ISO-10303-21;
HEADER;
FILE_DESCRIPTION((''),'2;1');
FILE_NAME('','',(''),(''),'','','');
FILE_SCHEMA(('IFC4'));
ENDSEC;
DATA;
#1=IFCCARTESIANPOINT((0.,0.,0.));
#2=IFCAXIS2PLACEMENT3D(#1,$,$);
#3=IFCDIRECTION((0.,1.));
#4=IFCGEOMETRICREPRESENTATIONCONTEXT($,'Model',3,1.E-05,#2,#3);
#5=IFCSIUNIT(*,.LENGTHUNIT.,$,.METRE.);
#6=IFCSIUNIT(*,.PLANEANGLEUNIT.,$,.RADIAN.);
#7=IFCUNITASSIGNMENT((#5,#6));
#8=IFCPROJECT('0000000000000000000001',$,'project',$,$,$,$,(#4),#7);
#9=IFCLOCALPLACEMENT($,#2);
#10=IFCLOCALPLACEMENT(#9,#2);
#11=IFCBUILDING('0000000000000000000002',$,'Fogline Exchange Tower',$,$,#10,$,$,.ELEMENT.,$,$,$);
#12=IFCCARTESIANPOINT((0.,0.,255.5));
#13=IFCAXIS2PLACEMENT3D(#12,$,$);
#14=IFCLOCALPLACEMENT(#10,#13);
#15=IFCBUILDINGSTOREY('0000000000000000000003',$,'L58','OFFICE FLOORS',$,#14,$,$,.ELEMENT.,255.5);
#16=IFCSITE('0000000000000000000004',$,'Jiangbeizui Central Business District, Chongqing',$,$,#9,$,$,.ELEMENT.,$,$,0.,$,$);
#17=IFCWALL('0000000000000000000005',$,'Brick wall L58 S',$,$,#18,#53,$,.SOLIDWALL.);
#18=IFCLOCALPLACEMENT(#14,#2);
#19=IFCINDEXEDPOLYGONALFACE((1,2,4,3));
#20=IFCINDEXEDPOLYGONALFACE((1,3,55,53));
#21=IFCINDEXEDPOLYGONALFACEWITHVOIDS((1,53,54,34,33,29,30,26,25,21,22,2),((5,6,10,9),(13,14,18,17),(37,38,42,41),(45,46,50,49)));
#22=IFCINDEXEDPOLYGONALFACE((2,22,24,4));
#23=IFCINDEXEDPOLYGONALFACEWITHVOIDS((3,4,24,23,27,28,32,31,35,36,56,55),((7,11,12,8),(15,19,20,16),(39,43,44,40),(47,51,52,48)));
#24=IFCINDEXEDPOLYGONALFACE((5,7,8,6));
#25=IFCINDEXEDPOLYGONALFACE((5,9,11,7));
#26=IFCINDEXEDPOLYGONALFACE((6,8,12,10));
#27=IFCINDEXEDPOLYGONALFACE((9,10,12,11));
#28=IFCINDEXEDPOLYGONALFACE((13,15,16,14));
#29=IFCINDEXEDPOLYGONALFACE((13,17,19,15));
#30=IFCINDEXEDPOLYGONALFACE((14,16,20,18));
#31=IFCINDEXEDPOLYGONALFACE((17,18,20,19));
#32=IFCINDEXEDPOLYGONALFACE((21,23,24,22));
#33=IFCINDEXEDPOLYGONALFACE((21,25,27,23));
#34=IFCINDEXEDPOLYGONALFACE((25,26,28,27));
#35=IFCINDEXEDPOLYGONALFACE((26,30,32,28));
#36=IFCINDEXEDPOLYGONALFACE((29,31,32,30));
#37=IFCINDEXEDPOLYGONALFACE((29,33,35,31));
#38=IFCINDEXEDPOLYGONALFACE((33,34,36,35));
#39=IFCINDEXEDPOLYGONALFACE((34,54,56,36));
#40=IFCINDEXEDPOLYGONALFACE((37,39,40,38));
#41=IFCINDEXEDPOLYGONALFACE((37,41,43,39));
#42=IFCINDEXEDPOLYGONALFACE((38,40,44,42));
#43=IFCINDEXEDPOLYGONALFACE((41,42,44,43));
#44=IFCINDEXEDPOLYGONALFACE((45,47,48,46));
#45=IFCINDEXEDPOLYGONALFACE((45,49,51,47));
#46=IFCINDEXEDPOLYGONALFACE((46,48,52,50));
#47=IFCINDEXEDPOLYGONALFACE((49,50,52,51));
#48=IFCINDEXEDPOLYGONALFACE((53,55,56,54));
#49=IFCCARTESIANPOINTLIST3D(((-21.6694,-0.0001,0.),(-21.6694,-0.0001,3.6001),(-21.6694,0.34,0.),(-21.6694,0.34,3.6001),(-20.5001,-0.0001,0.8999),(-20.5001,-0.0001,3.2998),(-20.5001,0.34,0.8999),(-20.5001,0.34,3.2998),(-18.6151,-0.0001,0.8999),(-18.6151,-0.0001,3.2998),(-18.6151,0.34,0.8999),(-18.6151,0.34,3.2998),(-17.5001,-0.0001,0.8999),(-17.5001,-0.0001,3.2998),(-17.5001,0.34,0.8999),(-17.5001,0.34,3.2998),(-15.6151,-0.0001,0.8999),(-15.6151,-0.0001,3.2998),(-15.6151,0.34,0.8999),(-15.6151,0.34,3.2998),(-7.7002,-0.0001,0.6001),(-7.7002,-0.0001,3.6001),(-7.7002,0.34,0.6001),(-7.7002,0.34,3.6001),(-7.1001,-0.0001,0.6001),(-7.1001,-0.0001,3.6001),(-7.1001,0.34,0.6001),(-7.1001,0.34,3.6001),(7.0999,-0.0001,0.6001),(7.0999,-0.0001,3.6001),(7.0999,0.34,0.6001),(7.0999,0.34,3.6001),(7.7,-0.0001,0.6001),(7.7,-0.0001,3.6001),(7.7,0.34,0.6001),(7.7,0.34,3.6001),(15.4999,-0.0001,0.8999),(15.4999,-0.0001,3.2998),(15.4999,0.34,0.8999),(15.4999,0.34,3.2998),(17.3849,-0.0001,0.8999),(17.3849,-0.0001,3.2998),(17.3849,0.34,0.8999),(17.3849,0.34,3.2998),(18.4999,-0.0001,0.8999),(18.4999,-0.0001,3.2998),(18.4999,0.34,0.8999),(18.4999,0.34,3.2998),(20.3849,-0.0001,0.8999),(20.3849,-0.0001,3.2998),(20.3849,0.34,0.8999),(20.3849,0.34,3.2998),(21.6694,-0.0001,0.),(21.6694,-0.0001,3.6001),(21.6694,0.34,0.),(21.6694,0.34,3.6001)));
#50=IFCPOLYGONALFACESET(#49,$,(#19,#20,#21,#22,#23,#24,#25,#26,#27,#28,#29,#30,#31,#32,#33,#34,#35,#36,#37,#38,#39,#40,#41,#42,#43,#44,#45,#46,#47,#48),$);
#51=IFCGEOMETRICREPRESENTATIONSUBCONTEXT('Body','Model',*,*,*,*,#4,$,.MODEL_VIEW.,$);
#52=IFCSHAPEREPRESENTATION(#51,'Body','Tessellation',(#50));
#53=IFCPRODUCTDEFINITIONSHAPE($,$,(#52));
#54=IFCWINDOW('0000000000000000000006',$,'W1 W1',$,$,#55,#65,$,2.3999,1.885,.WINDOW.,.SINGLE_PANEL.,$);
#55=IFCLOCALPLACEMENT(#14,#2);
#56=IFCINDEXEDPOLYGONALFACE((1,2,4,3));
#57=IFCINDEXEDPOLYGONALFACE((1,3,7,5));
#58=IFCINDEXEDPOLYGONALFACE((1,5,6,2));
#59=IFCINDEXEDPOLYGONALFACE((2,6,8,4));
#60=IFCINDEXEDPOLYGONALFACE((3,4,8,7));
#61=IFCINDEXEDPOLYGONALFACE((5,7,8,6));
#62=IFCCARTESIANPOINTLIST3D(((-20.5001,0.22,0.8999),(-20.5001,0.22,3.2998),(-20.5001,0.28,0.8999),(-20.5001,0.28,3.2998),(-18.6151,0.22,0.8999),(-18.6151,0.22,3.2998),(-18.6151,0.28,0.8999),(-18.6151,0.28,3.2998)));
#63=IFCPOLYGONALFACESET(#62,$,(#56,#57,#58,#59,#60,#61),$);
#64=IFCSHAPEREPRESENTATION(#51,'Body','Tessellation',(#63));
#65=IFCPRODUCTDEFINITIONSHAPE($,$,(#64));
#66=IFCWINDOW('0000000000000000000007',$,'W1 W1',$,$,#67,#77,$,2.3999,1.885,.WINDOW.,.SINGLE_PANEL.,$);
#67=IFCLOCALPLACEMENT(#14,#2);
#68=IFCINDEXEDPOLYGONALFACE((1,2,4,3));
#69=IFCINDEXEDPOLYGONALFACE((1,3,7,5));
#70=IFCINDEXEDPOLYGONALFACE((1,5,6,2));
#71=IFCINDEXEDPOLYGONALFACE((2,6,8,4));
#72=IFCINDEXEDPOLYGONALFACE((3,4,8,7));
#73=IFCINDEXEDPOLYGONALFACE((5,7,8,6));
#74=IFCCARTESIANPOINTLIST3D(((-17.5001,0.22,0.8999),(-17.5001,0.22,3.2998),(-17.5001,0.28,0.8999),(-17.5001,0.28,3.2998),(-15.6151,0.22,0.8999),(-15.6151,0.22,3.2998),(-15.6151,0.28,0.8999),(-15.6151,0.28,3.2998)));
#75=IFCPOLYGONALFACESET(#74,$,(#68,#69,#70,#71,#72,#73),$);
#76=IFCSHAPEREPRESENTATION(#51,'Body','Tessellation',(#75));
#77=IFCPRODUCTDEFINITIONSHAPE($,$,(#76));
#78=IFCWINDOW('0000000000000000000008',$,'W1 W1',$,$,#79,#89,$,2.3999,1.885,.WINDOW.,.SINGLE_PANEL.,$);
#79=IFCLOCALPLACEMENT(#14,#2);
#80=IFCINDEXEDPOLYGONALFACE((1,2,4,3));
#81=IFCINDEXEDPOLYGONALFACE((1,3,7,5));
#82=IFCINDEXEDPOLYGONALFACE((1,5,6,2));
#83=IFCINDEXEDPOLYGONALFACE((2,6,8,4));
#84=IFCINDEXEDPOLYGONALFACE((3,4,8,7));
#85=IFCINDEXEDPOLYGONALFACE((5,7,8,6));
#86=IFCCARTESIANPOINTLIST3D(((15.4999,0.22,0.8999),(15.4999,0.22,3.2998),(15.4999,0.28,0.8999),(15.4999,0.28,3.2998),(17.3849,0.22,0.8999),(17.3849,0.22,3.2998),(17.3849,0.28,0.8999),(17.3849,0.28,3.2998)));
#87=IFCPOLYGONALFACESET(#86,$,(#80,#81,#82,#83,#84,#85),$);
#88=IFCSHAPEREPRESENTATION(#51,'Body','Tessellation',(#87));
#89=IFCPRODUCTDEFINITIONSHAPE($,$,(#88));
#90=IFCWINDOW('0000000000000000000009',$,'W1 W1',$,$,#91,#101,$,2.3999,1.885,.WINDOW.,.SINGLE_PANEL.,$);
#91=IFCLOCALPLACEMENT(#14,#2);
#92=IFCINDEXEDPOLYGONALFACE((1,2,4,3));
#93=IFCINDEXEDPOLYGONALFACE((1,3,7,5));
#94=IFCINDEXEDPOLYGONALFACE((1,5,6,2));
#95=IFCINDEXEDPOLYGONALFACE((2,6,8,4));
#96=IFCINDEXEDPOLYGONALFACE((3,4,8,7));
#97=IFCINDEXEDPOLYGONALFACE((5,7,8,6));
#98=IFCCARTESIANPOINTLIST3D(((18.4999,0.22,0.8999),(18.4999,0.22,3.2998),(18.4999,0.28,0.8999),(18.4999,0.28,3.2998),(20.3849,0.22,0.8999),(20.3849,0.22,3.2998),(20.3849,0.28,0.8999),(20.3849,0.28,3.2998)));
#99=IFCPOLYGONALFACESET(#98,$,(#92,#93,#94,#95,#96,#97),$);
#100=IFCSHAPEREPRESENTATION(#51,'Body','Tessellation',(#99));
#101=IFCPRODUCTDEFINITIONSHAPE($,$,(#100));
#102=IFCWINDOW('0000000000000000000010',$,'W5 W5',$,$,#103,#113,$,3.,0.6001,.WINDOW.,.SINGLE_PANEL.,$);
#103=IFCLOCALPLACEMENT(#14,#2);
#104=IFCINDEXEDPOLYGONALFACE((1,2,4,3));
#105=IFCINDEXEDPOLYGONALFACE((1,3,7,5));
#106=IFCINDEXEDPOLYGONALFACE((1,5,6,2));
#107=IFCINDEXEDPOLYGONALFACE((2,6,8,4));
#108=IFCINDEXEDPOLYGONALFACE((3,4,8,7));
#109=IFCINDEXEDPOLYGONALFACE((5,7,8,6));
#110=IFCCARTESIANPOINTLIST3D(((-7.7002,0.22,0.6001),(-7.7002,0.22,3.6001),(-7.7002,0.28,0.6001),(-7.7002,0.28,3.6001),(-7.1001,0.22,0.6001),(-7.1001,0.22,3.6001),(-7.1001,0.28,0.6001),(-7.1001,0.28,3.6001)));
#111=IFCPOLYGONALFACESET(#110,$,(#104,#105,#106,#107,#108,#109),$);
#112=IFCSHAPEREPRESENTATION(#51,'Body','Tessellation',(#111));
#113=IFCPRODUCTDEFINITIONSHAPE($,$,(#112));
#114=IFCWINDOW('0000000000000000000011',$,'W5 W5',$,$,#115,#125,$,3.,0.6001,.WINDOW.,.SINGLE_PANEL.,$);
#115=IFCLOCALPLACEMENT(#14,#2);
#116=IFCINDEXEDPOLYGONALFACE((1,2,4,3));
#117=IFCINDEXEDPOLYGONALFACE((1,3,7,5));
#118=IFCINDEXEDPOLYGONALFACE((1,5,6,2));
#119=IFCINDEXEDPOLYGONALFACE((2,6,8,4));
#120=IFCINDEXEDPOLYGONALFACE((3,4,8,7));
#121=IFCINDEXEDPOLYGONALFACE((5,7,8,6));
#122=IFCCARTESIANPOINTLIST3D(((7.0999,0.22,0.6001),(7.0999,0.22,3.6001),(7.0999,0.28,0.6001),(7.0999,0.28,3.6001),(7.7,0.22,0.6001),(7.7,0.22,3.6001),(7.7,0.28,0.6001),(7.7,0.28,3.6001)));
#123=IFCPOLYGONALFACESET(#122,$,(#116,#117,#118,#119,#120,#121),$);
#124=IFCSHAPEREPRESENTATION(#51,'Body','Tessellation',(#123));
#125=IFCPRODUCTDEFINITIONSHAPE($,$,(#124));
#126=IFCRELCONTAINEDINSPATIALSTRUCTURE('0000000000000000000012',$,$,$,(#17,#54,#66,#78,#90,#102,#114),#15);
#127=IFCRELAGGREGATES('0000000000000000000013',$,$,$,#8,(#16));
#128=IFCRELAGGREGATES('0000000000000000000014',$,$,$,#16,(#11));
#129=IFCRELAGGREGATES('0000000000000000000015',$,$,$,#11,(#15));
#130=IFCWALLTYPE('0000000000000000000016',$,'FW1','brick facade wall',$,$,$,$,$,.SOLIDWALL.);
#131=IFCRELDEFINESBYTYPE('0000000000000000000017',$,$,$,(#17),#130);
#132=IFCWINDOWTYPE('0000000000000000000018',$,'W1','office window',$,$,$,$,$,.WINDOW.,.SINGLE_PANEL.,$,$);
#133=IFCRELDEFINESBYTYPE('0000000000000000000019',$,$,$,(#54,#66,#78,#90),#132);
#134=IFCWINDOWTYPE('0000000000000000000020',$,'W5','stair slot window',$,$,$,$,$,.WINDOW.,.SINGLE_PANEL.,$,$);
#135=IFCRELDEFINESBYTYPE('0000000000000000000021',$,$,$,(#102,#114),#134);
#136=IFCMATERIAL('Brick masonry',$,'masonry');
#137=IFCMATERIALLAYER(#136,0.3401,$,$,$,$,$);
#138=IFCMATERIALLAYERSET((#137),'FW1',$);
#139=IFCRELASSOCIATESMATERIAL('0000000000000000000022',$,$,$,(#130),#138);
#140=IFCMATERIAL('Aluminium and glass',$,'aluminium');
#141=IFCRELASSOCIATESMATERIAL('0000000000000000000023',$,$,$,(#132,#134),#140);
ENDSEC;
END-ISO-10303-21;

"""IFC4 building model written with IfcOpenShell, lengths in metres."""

from ifc_helpers import new_model, si_unit, direction, frame, frame_2d, origin, place, context, subcontext, project, spatial, rectangle, extrude, material, layer, layer_set, type_object, element, fill, save


model = new_model("IFC4")

# Units and contexts
model_context = context("Model", 3, precision=1e-05, world=origin(), true_north=direction((0.0, 1.0)))
body_context = subcontext(model_context, "Body", "Model", "MODEL_VIEW")
ifc_project = project(units=[si_unit("LENGTHUNIT", "METRE"), si_unit("PLANEANGLEUNIT", "RADIAN")], contexts=[model_context])

# Site, building, storey
site_placement = place(None, origin())
site = spatial("IfcSite", under=ifc_project, at=site_placement, Name="Jiangbeizui Central Business District, Chongqing", CompositionType="ELEMENT", RefElevation=0.0)
building_placement = place(site_placement, origin())
building = spatial("IfcBuilding", under=site, at=building_placement, Name="Fogline Exchange Tower", CompositionType="ELEMENT")
storey_placement = place(building_placement, frame((0.0, 0.0, 255.5)))
storey = spatial("IfcBuildingStorey", under=building, at=storey_placement, Name="L58", Description="OFFICE FLOORS", CompositionType="ELEMENT", Elevation=255.5)

# Shared definitions
ifc_material_1 = material(Name="Brick masonry", Category="masonry")
ifc_layer = layer(ifc_material_1, 0.3401)
ifc_layer_set = layer_set([ifc_layer], Name="FW1")
wall_type = type_object("IfcWallType", Name="FW1", Description="brick facade wall", PredefinedType="SOLIDWALL", material=ifc_layer_set)
ifc_material_2 = material(Name="Aluminium and glass", Category="aluminium")

# Wall, openings, windows
wall_1_placement = place(storey_placement, frame((-21.6694, 0.1699, 0.0), z_axis=(0.0, 0.0, 1.0), x_axis=(1.0, 0.0, 0.0)))
wall_1 = element("IfcWall", 1, at=wall_1_placement, inside=storey, type_object=wall_type, Name="Brick wall L58 S", PredefinedType="SOLIDWALL", context=body_context, shape_type="SweptSolid", body=[
    extrude(rectangle(XDim=43.3389, YDim=0.3401, at=frame_2d((21.6694, 0.0))), origin(), (0.0, 0.0, 1.0), 3.6001),
])
opening_1_placement = place(wall_1_placement, frame((1.1694, 0.0, 0.8999)))
opening_1 = element("IfcOpeningElement", 2, at=opening_1_placement, cuts=wall_1, PredefinedType="OPENING", context=body_context, shape_type="SweptSolid", body=[
    extrude(rectangle(XDim=1.885, YDim=2.3999, at=frame_2d((0.9424, 1.2))), frame((0.0, 0.1802, 0.0), z_axis=(0.0, -1.0, 0.0), x_axis=(1.0, 0.0, 0.0)), (0.0, 0.0, 1.0), 0.3601),
])
opening_2_placement = place(wall_1_placement, frame((4.1694, 0.0, 0.8999)))
opening_2 = element("IfcOpeningElement", 3, at=opening_2_placement, cuts=wall_1, PredefinedType="OPENING", context=body_context, shape_type="SweptSolid", body=[
    extrude(rectangle(XDim=1.885, YDim=2.3999, at=frame_2d((0.9424, 1.2))), frame((0.0, 0.1802, 0.0), z_axis=(0.0, -1.0, 0.0), x_axis=(1.0, 0.0, 0.0)), (0.0, 0.0, 1.0), 0.3601),
])
opening_3_placement = place(wall_1_placement, frame((37.1694, 0.0, 0.8999)))
opening_3 = element("IfcOpeningElement", 4, at=opening_3_placement, cuts=wall_1, PredefinedType="OPENING", context=body_context, shape_type="SweptSolid", body=[
    extrude(rectangle(XDim=1.885, YDim=2.3999, at=frame_2d((0.9424, 1.2))), frame((0.0, 0.1802, 0.0), z_axis=(0.0, -1.0, 0.0), x_axis=(1.0, 0.0, 0.0)), (0.0, 0.0, 1.0), 0.3601),
])
opening_4_placement = place(wall_1_placement, frame((40.1694, 0.0, 0.8999)))
opening_4 = element("IfcOpeningElement", 5, at=opening_4_placement, cuts=wall_1, PredefinedType="OPENING", context=body_context, shape_type="SweptSolid", body=[
    extrude(rectangle(XDim=1.885, YDim=2.3999, at=frame_2d((0.9424, 1.2))), frame((0.0, 0.1802, 0.0), z_axis=(0.0, -1.0, 0.0), x_axis=(1.0, 0.0, 0.0)), (0.0, 0.0, 1.0), 0.3601),
])
opening_5_placement = place(wall_1_placement, frame((13.9692, 0.0, 0.6001)))
opening_5 = element("IfcOpeningElement", 6, at=opening_5_placement, cuts=wall_1, PredefinedType="OPENING", context=body_context, shape_type="SweptSolid", body=[
    extrude(rectangle(XDim=0.6001, YDim=3.0, at=frame_2d((0.3, 1.5))), frame((0.0, 0.1802, 0.0), z_axis=(0.0, -1.0, 0.0), x_axis=(1.0, 0.0, 0.0)), (0.0, 0.0, 1.0), 0.3601),
])
opening_6_placement = place(wall_1_placement, frame((28.7693, 0.0, 0.6001)))
opening_6 = element("IfcOpeningElement", 7, at=opening_6_placement, cuts=wall_1, PredefinedType="OPENING", context=body_context, shape_type="SweptSolid", body=[
    extrude(rectangle(XDim=0.6001, YDim=3.0, at=frame_2d((0.3, 1.5))), frame((0.0, 0.1802, 0.0), z_axis=(0.0, -1.0, 0.0), x_axis=(1.0, 0.0, 0.0)), (0.0, 0.0, 1.0), 0.3601),
])
window_type_1 = type_object("IfcWindowType", Name="W1", Description="office window", PartitioningType="SINGLE_PANEL", PredefinedType="WINDOW", material=ifc_material_2)
window_1_placement = place(opening_1_placement, origin())
window_1 = element("IfcWindow", 8, at=window_1_placement, inside=storey, type_object=window_type_1, Name="W1 W1", OverallHeight=2.3999, OverallWidth=1.885, PartitioningType="SINGLE_PANEL", PredefinedType="WINDOW", context=body_context, shape_type="SweptSolid", body=[
    extrude(rectangle(XDim=1.885, YDim=2.3999, at=frame_2d((0.9424, 1.2))), frame((0.0, 0.1101, 0.0), z_axis=(0.0, -1.0, 0.0), x_axis=(1.0, 0.0, 0.0)), (0.0, 0.0, 1.0), 0.0601),
])
fill(opening_1, window_1)
window_2_placement = place(opening_2_placement, origin())
window_2 = element("IfcWindow", 9, at=window_2_placement, inside=storey, type_object=window_type_1, Name="W1 W1", OverallHeight=2.3999, OverallWidth=1.885, PartitioningType="SINGLE_PANEL", PredefinedType="WINDOW", context=body_context, shape_type="SweptSolid", body=[
    extrude(rectangle(XDim=1.885, YDim=2.3999, at=frame_2d((0.9424, 1.2))), frame((0.0, 0.1101, 0.0), z_axis=(0.0, -1.0, 0.0), x_axis=(1.0, 0.0, 0.0)), (0.0, 0.0, 1.0), 0.0601),
])
fill(opening_2, window_2)
window_3_placement = place(opening_3_placement, origin())
window_3 = element("IfcWindow", 10, at=window_3_placement, inside=storey, type_object=window_type_1, Name="W1 W1", OverallHeight=2.3999, OverallWidth=1.885, PartitioningType="SINGLE_PANEL", PredefinedType="WINDOW", context=body_context, shape_type="SweptSolid", body=[
    extrude(rectangle(XDim=1.885, YDim=2.3999, at=frame_2d((0.9424, 1.2))), frame((0.0, 0.1101, 0.0), z_axis=(0.0, -1.0, 0.0), x_axis=(1.0, 0.0, 0.0)), (0.0, 0.0, 1.0), 0.0601),
])
fill(opening_3, window_3)
window_4_placement = place(opening_4_placement, origin())
window_4 = element("IfcWindow", 11, at=window_4_placement, inside=storey, type_object=window_type_1, Name="W1 W1", OverallHeight=2.3999, OverallWidth=1.885, PartitioningType="SINGLE_PANEL", PredefinedType="WINDOW", context=body_context, shape_type="SweptSolid", body=[
    extrude(rectangle(XDim=1.885, YDim=2.3999, at=frame_2d((0.9424, 1.2))), frame((0.0, 0.1101, 0.0), z_axis=(0.0, -1.0, 0.0), x_axis=(1.0, 0.0, 0.0)), (0.0, 0.0, 1.0), 0.0601),
])
fill(opening_4, window_4)
window_type_2 = type_object("IfcWindowType", Name="W5", Description="stair slot window", PartitioningType="SINGLE_PANEL", PredefinedType="WINDOW", material=ifc_material_2)
window_5_placement = place(opening_5_placement, origin())
window_5 = element("IfcWindow", 12, at=window_5_placement, inside=storey, type_object=window_type_2, Name="W5 W5", OverallHeight=3.0, OverallWidth=0.6001, PartitioningType="SINGLE_PANEL", PredefinedType="WINDOW", context=body_context, shape_type="SweptSolid", body=[
    extrude(rectangle(XDim=0.6001, YDim=3.0, at=frame_2d((0.3, 1.5))), frame((0.0, 0.1101, 0.0), z_axis=(0.0, -1.0, 0.0), x_axis=(1.0, 0.0, 0.0)), (0.0, 0.0, 1.0), 0.0601),
])
fill(opening_5, window_5)
window_6_placement = place(opening_6_placement, origin())
window_6 = element("IfcWindow", 13, at=window_6_placement, inside=storey, type_object=window_type_2, Name="W5 W5", OverallHeight=3.0, OverallWidth=0.6001, PartitioningType="SINGLE_PANEL", PredefinedType="WINDOW", context=body_context, shape_type="SweptSolid", body=[
    extrude(rectangle(XDim=0.6001, YDim=3.0, at=frame_2d((0.3, 1.5))), frame((0.0, 0.1101, 0.0), z_axis=(0.0, -1.0, 0.0), x_axis=(1.0, 0.0, 0.0)), (0.0, 0.0, 1.0), 0.0601),
])
fill(opening_6, window_6)

save(model, "model.ifc")
